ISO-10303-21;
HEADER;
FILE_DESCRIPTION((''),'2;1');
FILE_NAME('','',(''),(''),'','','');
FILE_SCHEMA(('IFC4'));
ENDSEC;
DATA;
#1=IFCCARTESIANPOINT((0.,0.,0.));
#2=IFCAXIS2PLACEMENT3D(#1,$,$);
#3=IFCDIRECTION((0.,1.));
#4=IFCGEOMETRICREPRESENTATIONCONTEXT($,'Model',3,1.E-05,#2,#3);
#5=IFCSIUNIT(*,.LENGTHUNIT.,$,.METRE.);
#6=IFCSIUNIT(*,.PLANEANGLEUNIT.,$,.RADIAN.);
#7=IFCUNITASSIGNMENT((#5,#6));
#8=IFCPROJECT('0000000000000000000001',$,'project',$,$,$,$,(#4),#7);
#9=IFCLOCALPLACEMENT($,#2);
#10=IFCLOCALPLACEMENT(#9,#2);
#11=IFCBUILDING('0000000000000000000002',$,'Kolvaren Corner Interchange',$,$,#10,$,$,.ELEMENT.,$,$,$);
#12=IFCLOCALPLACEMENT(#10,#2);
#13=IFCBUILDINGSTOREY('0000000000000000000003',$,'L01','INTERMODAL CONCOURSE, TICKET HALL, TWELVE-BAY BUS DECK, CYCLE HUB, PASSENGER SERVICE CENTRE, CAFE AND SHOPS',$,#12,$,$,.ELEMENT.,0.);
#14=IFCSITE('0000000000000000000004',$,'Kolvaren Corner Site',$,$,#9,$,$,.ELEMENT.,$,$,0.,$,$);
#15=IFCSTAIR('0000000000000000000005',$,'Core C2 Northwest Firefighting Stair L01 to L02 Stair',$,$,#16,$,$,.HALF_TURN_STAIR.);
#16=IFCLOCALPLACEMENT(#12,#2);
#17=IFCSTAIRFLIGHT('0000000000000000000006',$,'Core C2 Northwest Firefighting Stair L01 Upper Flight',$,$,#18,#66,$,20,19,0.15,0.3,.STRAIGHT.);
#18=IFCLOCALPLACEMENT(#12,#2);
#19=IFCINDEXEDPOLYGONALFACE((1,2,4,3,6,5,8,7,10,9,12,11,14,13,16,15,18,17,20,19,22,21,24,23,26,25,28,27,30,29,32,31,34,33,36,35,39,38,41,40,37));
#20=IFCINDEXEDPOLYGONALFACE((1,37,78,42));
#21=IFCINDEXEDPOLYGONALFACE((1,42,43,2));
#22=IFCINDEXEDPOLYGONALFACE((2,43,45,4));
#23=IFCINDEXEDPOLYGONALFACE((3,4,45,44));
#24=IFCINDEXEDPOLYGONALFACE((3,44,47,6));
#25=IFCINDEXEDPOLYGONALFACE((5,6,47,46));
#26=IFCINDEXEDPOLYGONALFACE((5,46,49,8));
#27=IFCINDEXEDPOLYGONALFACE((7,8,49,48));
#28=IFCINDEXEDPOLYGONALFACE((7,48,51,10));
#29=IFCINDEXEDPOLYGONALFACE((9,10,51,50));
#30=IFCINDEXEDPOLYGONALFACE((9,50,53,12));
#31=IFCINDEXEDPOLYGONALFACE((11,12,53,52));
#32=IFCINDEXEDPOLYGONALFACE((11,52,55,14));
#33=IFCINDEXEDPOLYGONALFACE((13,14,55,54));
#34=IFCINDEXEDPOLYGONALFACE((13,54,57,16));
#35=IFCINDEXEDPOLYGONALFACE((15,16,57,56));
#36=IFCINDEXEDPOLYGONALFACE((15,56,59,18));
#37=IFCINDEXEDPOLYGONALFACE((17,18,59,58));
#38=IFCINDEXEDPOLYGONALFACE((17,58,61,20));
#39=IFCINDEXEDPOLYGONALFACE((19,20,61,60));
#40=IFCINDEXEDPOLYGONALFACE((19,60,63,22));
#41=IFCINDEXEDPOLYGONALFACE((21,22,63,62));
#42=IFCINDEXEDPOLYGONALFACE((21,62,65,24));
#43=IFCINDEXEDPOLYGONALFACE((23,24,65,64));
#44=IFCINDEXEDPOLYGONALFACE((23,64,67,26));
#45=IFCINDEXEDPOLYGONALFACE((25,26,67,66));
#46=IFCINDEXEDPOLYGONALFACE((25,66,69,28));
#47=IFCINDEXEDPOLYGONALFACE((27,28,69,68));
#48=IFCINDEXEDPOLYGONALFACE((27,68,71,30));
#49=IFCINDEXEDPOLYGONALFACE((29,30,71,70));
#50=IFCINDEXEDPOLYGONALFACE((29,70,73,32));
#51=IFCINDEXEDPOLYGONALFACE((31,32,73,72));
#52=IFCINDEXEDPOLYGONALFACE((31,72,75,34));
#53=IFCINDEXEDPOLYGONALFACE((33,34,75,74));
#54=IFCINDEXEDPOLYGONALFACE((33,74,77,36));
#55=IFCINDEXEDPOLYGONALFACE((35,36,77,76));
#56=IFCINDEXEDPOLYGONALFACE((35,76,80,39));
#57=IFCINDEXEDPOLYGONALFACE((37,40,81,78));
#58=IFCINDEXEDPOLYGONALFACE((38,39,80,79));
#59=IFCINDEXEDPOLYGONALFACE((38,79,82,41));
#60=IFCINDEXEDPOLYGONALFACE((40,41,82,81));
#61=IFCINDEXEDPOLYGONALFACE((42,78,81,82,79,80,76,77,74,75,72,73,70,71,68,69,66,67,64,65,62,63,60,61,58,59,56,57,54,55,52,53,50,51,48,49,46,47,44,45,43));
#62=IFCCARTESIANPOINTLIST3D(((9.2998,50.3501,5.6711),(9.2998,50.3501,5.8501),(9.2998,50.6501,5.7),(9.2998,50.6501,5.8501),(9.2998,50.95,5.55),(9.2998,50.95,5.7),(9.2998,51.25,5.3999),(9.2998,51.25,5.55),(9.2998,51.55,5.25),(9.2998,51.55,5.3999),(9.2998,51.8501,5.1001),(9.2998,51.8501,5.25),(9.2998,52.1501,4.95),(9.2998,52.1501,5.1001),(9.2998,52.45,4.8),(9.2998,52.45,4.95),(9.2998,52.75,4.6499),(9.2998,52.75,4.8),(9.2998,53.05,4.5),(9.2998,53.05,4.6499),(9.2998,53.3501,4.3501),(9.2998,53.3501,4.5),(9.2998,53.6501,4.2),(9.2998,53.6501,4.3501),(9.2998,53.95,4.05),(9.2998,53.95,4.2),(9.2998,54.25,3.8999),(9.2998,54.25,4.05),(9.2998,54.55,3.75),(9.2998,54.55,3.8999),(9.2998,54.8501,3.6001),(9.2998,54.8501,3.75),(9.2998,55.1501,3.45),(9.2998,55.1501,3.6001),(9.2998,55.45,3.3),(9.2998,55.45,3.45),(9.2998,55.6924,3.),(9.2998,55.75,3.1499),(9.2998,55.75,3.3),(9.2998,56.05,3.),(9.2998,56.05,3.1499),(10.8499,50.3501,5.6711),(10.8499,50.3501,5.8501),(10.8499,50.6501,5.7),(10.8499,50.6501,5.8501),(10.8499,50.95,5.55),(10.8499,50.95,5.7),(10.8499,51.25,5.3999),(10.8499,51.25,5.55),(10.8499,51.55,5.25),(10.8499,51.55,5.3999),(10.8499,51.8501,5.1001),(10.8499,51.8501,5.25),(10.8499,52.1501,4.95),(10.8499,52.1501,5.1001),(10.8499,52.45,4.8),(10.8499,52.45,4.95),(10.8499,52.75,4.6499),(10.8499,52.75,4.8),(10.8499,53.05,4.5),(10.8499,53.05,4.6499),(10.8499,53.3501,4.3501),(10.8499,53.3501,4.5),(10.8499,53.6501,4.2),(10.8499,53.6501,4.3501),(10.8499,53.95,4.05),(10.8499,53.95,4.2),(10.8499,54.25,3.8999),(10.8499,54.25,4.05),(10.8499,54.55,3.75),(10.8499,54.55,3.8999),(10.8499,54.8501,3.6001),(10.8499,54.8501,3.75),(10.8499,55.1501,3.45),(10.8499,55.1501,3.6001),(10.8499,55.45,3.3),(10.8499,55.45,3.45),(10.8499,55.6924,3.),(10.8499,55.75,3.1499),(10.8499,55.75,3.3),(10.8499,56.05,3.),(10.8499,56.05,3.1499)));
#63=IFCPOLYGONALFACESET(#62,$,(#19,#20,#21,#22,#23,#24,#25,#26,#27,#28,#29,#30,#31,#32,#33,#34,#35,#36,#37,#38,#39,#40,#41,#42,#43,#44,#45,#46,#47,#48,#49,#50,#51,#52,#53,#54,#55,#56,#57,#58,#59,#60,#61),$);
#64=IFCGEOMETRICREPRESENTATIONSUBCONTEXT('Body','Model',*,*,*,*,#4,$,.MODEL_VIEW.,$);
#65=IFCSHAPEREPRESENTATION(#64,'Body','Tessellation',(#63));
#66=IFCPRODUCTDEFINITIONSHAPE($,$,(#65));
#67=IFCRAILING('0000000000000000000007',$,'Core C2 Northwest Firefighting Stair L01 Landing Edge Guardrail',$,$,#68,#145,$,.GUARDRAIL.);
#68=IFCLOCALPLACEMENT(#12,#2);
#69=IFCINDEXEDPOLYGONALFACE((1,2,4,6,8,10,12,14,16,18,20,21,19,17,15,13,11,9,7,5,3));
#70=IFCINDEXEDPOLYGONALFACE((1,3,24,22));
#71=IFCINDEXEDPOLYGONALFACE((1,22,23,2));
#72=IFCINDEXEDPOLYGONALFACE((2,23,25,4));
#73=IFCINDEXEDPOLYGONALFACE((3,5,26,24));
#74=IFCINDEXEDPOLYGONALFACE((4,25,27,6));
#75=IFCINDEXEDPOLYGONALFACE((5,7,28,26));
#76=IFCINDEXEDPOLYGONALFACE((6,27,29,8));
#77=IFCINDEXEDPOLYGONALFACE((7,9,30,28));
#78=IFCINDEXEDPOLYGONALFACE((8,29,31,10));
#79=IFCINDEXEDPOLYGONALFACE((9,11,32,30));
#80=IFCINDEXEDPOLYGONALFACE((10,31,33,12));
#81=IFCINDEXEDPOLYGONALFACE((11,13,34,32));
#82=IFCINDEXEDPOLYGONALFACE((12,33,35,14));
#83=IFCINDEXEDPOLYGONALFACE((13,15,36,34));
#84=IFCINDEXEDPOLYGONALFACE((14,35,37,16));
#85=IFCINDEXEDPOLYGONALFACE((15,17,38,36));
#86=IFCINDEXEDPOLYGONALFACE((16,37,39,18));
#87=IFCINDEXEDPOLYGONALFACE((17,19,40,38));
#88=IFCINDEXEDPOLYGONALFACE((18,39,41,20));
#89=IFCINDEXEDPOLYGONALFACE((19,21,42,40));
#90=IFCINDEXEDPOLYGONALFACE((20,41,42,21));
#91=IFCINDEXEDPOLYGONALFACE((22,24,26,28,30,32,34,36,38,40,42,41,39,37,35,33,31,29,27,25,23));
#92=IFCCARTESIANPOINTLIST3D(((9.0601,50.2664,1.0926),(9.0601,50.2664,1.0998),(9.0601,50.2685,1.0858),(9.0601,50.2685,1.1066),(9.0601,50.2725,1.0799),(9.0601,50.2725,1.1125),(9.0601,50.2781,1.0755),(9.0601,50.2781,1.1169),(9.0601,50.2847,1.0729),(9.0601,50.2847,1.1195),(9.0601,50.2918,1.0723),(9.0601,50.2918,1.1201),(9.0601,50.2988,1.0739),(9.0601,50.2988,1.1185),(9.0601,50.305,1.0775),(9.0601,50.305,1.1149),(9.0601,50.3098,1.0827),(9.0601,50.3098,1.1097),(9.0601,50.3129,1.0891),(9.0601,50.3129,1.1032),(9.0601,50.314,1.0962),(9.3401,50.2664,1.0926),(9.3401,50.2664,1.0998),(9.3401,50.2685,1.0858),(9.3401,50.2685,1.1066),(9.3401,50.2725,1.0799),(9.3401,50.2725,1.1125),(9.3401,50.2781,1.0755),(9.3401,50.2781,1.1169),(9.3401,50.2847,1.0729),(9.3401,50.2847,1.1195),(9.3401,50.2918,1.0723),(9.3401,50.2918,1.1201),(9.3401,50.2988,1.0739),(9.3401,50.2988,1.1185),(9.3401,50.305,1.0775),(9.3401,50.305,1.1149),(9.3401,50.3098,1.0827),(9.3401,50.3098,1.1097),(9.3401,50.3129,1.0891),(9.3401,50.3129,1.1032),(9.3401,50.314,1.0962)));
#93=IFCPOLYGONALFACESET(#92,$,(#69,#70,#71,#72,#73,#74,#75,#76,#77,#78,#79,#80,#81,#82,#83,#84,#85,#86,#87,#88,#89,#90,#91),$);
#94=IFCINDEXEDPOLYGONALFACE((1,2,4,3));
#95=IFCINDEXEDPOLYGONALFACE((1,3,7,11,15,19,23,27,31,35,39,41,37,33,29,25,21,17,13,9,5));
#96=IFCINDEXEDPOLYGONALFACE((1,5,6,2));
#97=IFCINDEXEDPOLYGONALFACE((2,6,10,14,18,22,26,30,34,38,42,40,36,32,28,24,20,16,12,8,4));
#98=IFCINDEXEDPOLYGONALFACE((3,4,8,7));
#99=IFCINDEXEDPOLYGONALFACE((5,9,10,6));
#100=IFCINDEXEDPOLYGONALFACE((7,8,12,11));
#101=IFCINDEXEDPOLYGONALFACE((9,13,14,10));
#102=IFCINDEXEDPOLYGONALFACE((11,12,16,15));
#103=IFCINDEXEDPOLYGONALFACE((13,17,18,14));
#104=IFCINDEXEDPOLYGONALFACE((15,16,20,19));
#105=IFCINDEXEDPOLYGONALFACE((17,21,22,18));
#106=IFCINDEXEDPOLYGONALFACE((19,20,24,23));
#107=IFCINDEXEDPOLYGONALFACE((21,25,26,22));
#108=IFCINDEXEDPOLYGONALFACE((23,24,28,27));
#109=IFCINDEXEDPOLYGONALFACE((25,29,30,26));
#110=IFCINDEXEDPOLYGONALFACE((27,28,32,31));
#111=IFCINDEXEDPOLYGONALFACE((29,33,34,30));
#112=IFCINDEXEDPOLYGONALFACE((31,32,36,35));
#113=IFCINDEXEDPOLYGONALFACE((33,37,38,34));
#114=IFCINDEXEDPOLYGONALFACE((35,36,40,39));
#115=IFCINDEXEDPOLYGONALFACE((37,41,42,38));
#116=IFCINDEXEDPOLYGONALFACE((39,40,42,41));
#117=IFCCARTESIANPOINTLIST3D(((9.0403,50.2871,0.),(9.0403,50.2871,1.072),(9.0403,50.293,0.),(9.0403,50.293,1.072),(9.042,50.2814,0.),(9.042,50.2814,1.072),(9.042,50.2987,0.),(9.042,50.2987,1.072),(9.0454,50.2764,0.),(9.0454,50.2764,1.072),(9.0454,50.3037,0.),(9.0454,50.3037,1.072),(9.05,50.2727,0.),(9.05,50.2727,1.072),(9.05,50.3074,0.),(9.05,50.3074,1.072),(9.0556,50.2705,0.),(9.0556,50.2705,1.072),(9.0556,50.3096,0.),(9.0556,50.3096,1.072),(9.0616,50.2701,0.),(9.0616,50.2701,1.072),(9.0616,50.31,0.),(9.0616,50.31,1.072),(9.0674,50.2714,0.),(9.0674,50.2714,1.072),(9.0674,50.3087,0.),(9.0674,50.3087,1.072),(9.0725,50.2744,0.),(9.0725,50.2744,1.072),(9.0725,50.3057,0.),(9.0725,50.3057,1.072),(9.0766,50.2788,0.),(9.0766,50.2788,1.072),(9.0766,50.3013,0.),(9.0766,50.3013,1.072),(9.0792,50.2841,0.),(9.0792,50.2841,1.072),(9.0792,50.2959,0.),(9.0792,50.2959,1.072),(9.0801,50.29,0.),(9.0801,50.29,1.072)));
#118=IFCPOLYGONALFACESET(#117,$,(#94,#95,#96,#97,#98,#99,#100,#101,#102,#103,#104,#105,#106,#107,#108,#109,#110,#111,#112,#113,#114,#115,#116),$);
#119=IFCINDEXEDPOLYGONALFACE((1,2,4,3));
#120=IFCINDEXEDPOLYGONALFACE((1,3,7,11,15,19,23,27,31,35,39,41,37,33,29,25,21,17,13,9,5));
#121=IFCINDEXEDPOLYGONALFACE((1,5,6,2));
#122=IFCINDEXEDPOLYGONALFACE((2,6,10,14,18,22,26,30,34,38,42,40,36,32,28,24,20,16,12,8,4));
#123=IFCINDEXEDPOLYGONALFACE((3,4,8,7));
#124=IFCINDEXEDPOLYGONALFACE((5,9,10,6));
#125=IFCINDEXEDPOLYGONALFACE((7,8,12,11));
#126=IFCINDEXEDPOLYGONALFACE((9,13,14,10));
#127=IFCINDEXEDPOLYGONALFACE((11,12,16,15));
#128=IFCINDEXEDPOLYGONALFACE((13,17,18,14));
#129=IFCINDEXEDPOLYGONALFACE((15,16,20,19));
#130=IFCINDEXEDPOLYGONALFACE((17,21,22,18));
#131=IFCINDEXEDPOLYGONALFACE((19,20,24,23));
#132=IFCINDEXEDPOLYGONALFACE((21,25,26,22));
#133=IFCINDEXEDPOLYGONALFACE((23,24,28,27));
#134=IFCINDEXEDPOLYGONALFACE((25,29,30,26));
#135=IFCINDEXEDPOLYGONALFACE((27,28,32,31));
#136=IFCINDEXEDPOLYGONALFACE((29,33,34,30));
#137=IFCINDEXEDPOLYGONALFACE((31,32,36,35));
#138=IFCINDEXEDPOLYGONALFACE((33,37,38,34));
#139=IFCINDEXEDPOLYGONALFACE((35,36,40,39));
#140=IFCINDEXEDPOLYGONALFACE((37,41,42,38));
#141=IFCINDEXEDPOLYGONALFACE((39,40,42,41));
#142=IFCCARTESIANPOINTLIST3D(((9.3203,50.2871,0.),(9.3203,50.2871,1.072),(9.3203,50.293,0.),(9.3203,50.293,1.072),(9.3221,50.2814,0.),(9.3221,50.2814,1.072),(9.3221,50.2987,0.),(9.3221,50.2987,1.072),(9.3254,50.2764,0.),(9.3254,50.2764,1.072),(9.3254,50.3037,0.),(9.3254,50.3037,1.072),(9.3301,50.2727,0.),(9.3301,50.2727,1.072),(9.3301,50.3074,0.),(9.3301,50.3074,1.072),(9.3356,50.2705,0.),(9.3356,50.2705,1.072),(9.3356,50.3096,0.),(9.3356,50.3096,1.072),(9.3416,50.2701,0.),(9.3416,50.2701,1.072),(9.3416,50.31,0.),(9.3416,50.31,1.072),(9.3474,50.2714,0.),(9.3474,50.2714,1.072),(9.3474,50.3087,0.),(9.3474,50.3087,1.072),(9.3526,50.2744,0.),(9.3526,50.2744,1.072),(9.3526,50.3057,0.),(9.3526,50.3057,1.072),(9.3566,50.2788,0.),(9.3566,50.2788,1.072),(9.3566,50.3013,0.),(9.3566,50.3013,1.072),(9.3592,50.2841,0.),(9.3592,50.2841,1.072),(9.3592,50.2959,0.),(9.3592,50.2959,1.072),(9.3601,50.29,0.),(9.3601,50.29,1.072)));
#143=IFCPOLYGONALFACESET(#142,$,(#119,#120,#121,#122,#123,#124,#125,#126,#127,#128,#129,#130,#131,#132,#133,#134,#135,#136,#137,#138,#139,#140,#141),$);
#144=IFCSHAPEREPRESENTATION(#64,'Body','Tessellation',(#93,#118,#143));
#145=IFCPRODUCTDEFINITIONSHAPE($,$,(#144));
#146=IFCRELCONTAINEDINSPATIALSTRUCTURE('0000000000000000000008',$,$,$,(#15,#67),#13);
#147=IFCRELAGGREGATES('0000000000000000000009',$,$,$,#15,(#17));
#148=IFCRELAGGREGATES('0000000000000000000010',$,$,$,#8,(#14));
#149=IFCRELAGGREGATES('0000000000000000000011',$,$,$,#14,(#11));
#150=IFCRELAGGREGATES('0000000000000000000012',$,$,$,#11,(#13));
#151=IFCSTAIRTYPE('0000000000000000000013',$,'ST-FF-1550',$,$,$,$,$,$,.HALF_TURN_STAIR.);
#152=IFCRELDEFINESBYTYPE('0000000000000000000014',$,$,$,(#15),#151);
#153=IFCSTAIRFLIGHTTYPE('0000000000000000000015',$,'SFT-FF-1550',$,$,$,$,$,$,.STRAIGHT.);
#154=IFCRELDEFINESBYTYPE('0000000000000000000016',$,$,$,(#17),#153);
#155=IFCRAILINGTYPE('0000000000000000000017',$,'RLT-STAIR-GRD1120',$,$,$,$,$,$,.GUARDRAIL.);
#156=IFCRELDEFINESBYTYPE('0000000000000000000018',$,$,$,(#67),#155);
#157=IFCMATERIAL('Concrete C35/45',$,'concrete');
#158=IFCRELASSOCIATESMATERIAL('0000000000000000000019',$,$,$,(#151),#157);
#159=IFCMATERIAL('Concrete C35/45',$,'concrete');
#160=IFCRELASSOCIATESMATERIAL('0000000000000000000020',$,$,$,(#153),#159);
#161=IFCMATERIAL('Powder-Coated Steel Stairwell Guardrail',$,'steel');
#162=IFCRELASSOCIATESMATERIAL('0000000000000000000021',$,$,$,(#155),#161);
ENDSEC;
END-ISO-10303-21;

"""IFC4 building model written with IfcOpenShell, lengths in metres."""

from ifc_helpers import new_model, si_unit, direction, frame, origin, origin_2d, place, context, subcontext, project, spatial, polyline, circle, outline, extrude, material, type_object, element, aggregate, save


model = new_model("IFC4")

# Units and contexts
model_context = context("Model", 3, precision=1e-05, world=origin(), true_north=direction((0.0, 1.0)))
body_context = subcontext(model_context, "Body", "Model", "MODEL_VIEW")
ifc_project = project(units=[si_unit("LENGTHUNIT", "METRE"), si_unit("PLANEANGLEUNIT", "RADIAN")], contexts=[model_context])

# Site, building, storey
site_placement = place(None, origin())
site = spatial("IfcSite", under=ifc_project, at=site_placement, Name="Kolvaren Corner Site", CompositionType="ELEMENT", RefElevation=0.0)
building_placement = place(site_placement, origin())
building = spatial("IfcBuilding", under=site, at=building_placement, Name="Kolvaren Corner Interchange", CompositionType="ELEMENT")
storey_placement = place(building_placement, origin())
storey = spatial("IfcBuildingStorey", under=building, at=storey_placement, Name="L01", Description="INTERMODAL CONCOURSE, TICKET HALL, TWELVE-BAY BUS DECK, CYCLE HUB, PASSENGER SERVICE CENTRE, CAFE AND SHOPS", CompositionType="ELEMENT", Elevation=0.0)

# Stair, stair flight
ifc_material_1 = material(Name="Concrete C35/45", Category="concrete")
stair_type = type_object("IfcStairType", Name="ST-FF-1550", PredefinedType="HALF_TURN_STAIR", material=ifc_material_1)
stair_placement = place(storey_placement, origin())
stair = element("IfcStair", 1, at=stair_placement, inside=storey, type_object=stair_type, Name="Core C2 Northwest Firefighting Stair L01 to L02 Stair", PredefinedType="HALF_TURN_STAIR")
ifc_material_2 = material(Name="Concrete C35/45", Category="concrete")
stair_flight_type = type_object("IfcStairFlightType", Name="SFT-FF-1550", PredefinedType="STRAIGHT", material=ifc_material_2)
stair_flight_1_placement = place(storey_placement, frame((10.075, 56.05, 3.0), z_axis=(0.0, 0.0, 1.0), x_axis=(0.0, -1.0, 0.0)))
stair_flight_1 = element("IfcStairFlight", 2, at=stair_flight_1_placement, type_object=stair_flight_type, Name="Core C2 Northwest Firefighting Stair L01 Upper Flight", NumberOfRisers=20, NumberOfTreads=19, PredefinedType="STRAIGHT", RiserHeight=0.15, TreadLength=0.3, context=body_context, shape_type="SweptSolid", body=[
    extrude(outline(polyline([(0.0, 0.0), (0.0, 0.1499), (0.3, 0.1499), (0.3, 0.3), (0.6001, 0.3), (0.6001, 0.45), (0.8999, 0.45), (0.8999, 0.6001), (1.2, 0.6001), (1.2, 0.75), (1.5, 0.75), (1.5, 0.8999), (1.8, 0.8999), (1.8, 1.05), (2.1001, 1.05), (2.1001, 1.2), (2.3999, 1.2), (2.3999, 1.3501), (2.7, 1.3501), (2.7, 1.5), (3.0, 1.5), (3.0, 1.6499), (3.3, 1.6499), (3.3, 1.8), (3.6001, 1.8), (3.6001, 1.95), (3.8999, 1.95), (3.8999, 2.1001), (4.2, 2.1001), (4.2, 2.25), (4.5, 2.25), (4.5, 2.3999), (4.8, 2.3999), (4.8, 2.55), (5.1001, 2.55), (5.1001, 2.7), (5.3999, 2.7), (5.3999, 2.8501), (5.7, 2.8501), (5.7, 3.0), (5.7, 2.6711), (0.3577, 0.0), (0.0, 0.0)])), frame((0.0, 0.7749, 0.0), z_axis=(0.0, -1.0, 0.0), x_axis=(1.0, 0.0, 0.0)), (0.0, 0.0, 1.0), 1.55),
])

# Railing
ifc_material_3 = material(Name="Powder-Coated Steel Stairwell Guardrail", Category="steel")
railing_type_1 = type_object("IfcRailingType", Name="RLT-STAIR-GRD1120", PredefinedType="GUARDRAIL", material=ifc_material_3)
railing_1_placement = place(storey_placement, frame((9.0601, 50.29, 0.0)))
element("IfcRailing", 3, at=railing_1_placement, inside=storey, type_object=railing_type_1, Name="Core C2 Northwest Firefighting Stair L01 Landing Edge Guardrail", PredefinedType="GUARDRAIL", context=body_context, shape_type="SweptSolid", body=[
    extrude(circle(Radius=0.0239, at=origin_2d()), frame((0.0, 0.0, 1.0962), z_axis=(1.0, 0.0, 0.0), x_axis=(0.0, 1.0, 0.0)), (0.0, 0.0, 1.0), 0.28),
    extrude(circle(Radius=0.02, at=origin_2d()), origin(), (0.0, 0.0, 1.0), 1.072),
    extrude(circle(Radius=0.02, at=origin_2d()), frame((0.28, 0.0, 0.0)), (0.0, 0.0, 1.0), 1.072),
])
aggregate(stair, [stair_flight_1])

save(model, "model.ifc")
